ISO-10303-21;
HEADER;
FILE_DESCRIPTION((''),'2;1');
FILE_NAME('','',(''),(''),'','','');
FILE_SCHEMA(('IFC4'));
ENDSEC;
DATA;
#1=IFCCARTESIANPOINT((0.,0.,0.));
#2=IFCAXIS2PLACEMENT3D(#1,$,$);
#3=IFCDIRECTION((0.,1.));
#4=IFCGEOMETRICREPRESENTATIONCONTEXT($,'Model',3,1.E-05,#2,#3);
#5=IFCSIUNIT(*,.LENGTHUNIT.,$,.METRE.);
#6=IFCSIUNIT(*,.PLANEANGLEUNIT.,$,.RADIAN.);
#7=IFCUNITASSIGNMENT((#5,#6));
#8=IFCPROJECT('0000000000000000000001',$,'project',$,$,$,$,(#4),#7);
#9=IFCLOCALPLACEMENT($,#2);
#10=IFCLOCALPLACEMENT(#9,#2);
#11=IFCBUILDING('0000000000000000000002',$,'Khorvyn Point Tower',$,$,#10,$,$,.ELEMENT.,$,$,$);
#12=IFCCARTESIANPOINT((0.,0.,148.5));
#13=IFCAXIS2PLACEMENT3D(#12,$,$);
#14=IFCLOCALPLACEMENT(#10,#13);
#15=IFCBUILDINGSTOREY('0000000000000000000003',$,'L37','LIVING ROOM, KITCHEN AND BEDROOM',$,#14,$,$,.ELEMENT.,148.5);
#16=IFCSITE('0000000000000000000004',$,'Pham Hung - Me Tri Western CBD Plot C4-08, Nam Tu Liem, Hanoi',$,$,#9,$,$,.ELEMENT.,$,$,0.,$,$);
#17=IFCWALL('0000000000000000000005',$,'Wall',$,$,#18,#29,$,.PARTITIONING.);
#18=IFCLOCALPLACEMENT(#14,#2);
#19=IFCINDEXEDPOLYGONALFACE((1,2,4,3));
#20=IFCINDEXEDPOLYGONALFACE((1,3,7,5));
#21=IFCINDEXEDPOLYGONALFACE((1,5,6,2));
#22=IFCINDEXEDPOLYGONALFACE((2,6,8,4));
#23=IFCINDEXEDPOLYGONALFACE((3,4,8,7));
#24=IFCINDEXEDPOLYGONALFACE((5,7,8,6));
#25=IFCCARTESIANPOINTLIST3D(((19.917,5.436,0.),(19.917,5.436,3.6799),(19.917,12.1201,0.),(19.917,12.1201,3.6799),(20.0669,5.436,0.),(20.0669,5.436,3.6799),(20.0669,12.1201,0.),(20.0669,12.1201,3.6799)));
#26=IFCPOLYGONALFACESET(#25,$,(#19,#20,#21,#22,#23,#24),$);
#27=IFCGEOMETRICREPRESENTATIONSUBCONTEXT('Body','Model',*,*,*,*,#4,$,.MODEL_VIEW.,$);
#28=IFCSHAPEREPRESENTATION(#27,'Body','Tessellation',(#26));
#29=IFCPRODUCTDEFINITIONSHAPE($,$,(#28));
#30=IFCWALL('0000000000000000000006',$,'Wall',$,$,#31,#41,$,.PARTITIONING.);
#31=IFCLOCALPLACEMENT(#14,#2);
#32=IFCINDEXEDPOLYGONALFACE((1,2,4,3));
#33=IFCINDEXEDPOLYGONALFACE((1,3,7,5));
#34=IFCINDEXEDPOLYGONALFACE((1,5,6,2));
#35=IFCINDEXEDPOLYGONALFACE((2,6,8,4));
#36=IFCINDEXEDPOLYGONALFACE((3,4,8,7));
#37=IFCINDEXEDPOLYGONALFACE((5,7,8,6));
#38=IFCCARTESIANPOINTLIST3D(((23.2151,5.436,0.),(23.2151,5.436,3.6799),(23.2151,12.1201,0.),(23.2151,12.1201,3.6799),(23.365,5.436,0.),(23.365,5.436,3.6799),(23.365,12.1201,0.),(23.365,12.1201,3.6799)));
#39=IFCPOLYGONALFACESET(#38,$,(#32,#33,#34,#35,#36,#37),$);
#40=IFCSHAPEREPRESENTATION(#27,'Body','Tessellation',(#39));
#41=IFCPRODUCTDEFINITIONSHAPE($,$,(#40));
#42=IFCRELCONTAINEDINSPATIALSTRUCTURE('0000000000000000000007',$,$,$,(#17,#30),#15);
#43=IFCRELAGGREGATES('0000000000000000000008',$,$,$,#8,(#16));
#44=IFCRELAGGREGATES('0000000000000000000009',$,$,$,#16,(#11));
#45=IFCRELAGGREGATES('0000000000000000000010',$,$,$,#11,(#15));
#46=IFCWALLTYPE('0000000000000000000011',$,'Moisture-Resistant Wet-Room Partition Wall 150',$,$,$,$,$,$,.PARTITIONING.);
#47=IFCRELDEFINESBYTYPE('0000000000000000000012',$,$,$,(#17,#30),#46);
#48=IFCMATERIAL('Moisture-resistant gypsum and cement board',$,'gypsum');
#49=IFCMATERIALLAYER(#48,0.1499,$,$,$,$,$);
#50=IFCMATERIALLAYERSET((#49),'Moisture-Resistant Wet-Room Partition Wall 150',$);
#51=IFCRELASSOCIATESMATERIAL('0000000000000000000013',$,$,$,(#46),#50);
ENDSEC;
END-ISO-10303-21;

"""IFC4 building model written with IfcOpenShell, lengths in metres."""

from ifc_helpers import new_model, si_unit, direction, frame, frame_2d, origin, place, context, subcontext, project, spatial, rectangle, extrude, material, layer, layer_set, type_object, element, save


model = new_model("IFC4")

# Units and contexts
model_context = context("Model", 3, precision=1e-05, world=origin(), true_north=direction((0.0, 1.0)))
body_context = subcontext(model_context, "Body", "Model", "MODEL_VIEW")
ifc_project = project(units=[si_unit("LENGTHUNIT", "METRE"), si_unit("PLANEANGLEUNIT", "RADIAN")], contexts=[model_context])

# Site, building, storey
site_placement = place(None, origin())
site = spatial("IfcSite", under=ifc_project, at=site_placement, Name="Pham Hung - Me Tri Western CBD Plot C4-08, Nam Tu Liem, Hanoi", CompositionType="ELEMENT", RefElevation=0.0)
building_placement = place(site_placement, origin())
building = spatial("IfcBuilding", under=site, at=building_placement, Name="Khorvyn Point Tower", CompositionType="ELEMENT")
storey_placement = place(building_placement, frame((0.0, 0.0, 148.5)))
storey = spatial("IfcBuildingStorey", under=building, at=storey_placement, Name="L37", Description="LIVING ROOM, KITCHEN AND BEDROOM", CompositionType="ELEMENT", Elevation=148.5)

# Shared definitions
ifc_material_1 = material(Name="Moisture-resistant gypsum and cement board", Category="gypsum")
ifc_layer_1 = layer(ifc_material_1, 0.1499)
ifc_layer_set_1 = layer_set([ifc_layer_1], Name="Moisture-Resistant Wet-Room Partition Wall 150")
wall_type_1 = type_object("IfcWallType", Name="Moisture-Resistant Wet-Room Partition Wall 150", PredefinedType="PARTITIONING", material=ifc_layer_set_1)

# Walls
for number, where, z_axis, x_axis, name in (
    (1, (19.9919, 5.436, 0.0), (0.0, 0.0, 1.0), (0.0, 1.0, 0.0), "Wall"),
    (2, (23.29, 5.436, 0.0), (0.0, 0.0, 1.0), (0.0, 1.0, 0.0), "Wall"),
):
    element("IfcWall", number, at=place(storey_placement, frame(where, z_axis=z_axis, x_axis=x_axis)), inside=storey, type_object=wall_type_1, Name=name, PredefinedType="PARTITIONING", context=body_context, shape_type="SweptSolid", body=[
        extrude(rectangle(XDim=6.6841, YDim=0.1499, at=frame_2d((3.342, 0.0))), origin(), (0.0, 0.0, 1.0), 3.6799),
    ])

save(model, "model.ifc")
